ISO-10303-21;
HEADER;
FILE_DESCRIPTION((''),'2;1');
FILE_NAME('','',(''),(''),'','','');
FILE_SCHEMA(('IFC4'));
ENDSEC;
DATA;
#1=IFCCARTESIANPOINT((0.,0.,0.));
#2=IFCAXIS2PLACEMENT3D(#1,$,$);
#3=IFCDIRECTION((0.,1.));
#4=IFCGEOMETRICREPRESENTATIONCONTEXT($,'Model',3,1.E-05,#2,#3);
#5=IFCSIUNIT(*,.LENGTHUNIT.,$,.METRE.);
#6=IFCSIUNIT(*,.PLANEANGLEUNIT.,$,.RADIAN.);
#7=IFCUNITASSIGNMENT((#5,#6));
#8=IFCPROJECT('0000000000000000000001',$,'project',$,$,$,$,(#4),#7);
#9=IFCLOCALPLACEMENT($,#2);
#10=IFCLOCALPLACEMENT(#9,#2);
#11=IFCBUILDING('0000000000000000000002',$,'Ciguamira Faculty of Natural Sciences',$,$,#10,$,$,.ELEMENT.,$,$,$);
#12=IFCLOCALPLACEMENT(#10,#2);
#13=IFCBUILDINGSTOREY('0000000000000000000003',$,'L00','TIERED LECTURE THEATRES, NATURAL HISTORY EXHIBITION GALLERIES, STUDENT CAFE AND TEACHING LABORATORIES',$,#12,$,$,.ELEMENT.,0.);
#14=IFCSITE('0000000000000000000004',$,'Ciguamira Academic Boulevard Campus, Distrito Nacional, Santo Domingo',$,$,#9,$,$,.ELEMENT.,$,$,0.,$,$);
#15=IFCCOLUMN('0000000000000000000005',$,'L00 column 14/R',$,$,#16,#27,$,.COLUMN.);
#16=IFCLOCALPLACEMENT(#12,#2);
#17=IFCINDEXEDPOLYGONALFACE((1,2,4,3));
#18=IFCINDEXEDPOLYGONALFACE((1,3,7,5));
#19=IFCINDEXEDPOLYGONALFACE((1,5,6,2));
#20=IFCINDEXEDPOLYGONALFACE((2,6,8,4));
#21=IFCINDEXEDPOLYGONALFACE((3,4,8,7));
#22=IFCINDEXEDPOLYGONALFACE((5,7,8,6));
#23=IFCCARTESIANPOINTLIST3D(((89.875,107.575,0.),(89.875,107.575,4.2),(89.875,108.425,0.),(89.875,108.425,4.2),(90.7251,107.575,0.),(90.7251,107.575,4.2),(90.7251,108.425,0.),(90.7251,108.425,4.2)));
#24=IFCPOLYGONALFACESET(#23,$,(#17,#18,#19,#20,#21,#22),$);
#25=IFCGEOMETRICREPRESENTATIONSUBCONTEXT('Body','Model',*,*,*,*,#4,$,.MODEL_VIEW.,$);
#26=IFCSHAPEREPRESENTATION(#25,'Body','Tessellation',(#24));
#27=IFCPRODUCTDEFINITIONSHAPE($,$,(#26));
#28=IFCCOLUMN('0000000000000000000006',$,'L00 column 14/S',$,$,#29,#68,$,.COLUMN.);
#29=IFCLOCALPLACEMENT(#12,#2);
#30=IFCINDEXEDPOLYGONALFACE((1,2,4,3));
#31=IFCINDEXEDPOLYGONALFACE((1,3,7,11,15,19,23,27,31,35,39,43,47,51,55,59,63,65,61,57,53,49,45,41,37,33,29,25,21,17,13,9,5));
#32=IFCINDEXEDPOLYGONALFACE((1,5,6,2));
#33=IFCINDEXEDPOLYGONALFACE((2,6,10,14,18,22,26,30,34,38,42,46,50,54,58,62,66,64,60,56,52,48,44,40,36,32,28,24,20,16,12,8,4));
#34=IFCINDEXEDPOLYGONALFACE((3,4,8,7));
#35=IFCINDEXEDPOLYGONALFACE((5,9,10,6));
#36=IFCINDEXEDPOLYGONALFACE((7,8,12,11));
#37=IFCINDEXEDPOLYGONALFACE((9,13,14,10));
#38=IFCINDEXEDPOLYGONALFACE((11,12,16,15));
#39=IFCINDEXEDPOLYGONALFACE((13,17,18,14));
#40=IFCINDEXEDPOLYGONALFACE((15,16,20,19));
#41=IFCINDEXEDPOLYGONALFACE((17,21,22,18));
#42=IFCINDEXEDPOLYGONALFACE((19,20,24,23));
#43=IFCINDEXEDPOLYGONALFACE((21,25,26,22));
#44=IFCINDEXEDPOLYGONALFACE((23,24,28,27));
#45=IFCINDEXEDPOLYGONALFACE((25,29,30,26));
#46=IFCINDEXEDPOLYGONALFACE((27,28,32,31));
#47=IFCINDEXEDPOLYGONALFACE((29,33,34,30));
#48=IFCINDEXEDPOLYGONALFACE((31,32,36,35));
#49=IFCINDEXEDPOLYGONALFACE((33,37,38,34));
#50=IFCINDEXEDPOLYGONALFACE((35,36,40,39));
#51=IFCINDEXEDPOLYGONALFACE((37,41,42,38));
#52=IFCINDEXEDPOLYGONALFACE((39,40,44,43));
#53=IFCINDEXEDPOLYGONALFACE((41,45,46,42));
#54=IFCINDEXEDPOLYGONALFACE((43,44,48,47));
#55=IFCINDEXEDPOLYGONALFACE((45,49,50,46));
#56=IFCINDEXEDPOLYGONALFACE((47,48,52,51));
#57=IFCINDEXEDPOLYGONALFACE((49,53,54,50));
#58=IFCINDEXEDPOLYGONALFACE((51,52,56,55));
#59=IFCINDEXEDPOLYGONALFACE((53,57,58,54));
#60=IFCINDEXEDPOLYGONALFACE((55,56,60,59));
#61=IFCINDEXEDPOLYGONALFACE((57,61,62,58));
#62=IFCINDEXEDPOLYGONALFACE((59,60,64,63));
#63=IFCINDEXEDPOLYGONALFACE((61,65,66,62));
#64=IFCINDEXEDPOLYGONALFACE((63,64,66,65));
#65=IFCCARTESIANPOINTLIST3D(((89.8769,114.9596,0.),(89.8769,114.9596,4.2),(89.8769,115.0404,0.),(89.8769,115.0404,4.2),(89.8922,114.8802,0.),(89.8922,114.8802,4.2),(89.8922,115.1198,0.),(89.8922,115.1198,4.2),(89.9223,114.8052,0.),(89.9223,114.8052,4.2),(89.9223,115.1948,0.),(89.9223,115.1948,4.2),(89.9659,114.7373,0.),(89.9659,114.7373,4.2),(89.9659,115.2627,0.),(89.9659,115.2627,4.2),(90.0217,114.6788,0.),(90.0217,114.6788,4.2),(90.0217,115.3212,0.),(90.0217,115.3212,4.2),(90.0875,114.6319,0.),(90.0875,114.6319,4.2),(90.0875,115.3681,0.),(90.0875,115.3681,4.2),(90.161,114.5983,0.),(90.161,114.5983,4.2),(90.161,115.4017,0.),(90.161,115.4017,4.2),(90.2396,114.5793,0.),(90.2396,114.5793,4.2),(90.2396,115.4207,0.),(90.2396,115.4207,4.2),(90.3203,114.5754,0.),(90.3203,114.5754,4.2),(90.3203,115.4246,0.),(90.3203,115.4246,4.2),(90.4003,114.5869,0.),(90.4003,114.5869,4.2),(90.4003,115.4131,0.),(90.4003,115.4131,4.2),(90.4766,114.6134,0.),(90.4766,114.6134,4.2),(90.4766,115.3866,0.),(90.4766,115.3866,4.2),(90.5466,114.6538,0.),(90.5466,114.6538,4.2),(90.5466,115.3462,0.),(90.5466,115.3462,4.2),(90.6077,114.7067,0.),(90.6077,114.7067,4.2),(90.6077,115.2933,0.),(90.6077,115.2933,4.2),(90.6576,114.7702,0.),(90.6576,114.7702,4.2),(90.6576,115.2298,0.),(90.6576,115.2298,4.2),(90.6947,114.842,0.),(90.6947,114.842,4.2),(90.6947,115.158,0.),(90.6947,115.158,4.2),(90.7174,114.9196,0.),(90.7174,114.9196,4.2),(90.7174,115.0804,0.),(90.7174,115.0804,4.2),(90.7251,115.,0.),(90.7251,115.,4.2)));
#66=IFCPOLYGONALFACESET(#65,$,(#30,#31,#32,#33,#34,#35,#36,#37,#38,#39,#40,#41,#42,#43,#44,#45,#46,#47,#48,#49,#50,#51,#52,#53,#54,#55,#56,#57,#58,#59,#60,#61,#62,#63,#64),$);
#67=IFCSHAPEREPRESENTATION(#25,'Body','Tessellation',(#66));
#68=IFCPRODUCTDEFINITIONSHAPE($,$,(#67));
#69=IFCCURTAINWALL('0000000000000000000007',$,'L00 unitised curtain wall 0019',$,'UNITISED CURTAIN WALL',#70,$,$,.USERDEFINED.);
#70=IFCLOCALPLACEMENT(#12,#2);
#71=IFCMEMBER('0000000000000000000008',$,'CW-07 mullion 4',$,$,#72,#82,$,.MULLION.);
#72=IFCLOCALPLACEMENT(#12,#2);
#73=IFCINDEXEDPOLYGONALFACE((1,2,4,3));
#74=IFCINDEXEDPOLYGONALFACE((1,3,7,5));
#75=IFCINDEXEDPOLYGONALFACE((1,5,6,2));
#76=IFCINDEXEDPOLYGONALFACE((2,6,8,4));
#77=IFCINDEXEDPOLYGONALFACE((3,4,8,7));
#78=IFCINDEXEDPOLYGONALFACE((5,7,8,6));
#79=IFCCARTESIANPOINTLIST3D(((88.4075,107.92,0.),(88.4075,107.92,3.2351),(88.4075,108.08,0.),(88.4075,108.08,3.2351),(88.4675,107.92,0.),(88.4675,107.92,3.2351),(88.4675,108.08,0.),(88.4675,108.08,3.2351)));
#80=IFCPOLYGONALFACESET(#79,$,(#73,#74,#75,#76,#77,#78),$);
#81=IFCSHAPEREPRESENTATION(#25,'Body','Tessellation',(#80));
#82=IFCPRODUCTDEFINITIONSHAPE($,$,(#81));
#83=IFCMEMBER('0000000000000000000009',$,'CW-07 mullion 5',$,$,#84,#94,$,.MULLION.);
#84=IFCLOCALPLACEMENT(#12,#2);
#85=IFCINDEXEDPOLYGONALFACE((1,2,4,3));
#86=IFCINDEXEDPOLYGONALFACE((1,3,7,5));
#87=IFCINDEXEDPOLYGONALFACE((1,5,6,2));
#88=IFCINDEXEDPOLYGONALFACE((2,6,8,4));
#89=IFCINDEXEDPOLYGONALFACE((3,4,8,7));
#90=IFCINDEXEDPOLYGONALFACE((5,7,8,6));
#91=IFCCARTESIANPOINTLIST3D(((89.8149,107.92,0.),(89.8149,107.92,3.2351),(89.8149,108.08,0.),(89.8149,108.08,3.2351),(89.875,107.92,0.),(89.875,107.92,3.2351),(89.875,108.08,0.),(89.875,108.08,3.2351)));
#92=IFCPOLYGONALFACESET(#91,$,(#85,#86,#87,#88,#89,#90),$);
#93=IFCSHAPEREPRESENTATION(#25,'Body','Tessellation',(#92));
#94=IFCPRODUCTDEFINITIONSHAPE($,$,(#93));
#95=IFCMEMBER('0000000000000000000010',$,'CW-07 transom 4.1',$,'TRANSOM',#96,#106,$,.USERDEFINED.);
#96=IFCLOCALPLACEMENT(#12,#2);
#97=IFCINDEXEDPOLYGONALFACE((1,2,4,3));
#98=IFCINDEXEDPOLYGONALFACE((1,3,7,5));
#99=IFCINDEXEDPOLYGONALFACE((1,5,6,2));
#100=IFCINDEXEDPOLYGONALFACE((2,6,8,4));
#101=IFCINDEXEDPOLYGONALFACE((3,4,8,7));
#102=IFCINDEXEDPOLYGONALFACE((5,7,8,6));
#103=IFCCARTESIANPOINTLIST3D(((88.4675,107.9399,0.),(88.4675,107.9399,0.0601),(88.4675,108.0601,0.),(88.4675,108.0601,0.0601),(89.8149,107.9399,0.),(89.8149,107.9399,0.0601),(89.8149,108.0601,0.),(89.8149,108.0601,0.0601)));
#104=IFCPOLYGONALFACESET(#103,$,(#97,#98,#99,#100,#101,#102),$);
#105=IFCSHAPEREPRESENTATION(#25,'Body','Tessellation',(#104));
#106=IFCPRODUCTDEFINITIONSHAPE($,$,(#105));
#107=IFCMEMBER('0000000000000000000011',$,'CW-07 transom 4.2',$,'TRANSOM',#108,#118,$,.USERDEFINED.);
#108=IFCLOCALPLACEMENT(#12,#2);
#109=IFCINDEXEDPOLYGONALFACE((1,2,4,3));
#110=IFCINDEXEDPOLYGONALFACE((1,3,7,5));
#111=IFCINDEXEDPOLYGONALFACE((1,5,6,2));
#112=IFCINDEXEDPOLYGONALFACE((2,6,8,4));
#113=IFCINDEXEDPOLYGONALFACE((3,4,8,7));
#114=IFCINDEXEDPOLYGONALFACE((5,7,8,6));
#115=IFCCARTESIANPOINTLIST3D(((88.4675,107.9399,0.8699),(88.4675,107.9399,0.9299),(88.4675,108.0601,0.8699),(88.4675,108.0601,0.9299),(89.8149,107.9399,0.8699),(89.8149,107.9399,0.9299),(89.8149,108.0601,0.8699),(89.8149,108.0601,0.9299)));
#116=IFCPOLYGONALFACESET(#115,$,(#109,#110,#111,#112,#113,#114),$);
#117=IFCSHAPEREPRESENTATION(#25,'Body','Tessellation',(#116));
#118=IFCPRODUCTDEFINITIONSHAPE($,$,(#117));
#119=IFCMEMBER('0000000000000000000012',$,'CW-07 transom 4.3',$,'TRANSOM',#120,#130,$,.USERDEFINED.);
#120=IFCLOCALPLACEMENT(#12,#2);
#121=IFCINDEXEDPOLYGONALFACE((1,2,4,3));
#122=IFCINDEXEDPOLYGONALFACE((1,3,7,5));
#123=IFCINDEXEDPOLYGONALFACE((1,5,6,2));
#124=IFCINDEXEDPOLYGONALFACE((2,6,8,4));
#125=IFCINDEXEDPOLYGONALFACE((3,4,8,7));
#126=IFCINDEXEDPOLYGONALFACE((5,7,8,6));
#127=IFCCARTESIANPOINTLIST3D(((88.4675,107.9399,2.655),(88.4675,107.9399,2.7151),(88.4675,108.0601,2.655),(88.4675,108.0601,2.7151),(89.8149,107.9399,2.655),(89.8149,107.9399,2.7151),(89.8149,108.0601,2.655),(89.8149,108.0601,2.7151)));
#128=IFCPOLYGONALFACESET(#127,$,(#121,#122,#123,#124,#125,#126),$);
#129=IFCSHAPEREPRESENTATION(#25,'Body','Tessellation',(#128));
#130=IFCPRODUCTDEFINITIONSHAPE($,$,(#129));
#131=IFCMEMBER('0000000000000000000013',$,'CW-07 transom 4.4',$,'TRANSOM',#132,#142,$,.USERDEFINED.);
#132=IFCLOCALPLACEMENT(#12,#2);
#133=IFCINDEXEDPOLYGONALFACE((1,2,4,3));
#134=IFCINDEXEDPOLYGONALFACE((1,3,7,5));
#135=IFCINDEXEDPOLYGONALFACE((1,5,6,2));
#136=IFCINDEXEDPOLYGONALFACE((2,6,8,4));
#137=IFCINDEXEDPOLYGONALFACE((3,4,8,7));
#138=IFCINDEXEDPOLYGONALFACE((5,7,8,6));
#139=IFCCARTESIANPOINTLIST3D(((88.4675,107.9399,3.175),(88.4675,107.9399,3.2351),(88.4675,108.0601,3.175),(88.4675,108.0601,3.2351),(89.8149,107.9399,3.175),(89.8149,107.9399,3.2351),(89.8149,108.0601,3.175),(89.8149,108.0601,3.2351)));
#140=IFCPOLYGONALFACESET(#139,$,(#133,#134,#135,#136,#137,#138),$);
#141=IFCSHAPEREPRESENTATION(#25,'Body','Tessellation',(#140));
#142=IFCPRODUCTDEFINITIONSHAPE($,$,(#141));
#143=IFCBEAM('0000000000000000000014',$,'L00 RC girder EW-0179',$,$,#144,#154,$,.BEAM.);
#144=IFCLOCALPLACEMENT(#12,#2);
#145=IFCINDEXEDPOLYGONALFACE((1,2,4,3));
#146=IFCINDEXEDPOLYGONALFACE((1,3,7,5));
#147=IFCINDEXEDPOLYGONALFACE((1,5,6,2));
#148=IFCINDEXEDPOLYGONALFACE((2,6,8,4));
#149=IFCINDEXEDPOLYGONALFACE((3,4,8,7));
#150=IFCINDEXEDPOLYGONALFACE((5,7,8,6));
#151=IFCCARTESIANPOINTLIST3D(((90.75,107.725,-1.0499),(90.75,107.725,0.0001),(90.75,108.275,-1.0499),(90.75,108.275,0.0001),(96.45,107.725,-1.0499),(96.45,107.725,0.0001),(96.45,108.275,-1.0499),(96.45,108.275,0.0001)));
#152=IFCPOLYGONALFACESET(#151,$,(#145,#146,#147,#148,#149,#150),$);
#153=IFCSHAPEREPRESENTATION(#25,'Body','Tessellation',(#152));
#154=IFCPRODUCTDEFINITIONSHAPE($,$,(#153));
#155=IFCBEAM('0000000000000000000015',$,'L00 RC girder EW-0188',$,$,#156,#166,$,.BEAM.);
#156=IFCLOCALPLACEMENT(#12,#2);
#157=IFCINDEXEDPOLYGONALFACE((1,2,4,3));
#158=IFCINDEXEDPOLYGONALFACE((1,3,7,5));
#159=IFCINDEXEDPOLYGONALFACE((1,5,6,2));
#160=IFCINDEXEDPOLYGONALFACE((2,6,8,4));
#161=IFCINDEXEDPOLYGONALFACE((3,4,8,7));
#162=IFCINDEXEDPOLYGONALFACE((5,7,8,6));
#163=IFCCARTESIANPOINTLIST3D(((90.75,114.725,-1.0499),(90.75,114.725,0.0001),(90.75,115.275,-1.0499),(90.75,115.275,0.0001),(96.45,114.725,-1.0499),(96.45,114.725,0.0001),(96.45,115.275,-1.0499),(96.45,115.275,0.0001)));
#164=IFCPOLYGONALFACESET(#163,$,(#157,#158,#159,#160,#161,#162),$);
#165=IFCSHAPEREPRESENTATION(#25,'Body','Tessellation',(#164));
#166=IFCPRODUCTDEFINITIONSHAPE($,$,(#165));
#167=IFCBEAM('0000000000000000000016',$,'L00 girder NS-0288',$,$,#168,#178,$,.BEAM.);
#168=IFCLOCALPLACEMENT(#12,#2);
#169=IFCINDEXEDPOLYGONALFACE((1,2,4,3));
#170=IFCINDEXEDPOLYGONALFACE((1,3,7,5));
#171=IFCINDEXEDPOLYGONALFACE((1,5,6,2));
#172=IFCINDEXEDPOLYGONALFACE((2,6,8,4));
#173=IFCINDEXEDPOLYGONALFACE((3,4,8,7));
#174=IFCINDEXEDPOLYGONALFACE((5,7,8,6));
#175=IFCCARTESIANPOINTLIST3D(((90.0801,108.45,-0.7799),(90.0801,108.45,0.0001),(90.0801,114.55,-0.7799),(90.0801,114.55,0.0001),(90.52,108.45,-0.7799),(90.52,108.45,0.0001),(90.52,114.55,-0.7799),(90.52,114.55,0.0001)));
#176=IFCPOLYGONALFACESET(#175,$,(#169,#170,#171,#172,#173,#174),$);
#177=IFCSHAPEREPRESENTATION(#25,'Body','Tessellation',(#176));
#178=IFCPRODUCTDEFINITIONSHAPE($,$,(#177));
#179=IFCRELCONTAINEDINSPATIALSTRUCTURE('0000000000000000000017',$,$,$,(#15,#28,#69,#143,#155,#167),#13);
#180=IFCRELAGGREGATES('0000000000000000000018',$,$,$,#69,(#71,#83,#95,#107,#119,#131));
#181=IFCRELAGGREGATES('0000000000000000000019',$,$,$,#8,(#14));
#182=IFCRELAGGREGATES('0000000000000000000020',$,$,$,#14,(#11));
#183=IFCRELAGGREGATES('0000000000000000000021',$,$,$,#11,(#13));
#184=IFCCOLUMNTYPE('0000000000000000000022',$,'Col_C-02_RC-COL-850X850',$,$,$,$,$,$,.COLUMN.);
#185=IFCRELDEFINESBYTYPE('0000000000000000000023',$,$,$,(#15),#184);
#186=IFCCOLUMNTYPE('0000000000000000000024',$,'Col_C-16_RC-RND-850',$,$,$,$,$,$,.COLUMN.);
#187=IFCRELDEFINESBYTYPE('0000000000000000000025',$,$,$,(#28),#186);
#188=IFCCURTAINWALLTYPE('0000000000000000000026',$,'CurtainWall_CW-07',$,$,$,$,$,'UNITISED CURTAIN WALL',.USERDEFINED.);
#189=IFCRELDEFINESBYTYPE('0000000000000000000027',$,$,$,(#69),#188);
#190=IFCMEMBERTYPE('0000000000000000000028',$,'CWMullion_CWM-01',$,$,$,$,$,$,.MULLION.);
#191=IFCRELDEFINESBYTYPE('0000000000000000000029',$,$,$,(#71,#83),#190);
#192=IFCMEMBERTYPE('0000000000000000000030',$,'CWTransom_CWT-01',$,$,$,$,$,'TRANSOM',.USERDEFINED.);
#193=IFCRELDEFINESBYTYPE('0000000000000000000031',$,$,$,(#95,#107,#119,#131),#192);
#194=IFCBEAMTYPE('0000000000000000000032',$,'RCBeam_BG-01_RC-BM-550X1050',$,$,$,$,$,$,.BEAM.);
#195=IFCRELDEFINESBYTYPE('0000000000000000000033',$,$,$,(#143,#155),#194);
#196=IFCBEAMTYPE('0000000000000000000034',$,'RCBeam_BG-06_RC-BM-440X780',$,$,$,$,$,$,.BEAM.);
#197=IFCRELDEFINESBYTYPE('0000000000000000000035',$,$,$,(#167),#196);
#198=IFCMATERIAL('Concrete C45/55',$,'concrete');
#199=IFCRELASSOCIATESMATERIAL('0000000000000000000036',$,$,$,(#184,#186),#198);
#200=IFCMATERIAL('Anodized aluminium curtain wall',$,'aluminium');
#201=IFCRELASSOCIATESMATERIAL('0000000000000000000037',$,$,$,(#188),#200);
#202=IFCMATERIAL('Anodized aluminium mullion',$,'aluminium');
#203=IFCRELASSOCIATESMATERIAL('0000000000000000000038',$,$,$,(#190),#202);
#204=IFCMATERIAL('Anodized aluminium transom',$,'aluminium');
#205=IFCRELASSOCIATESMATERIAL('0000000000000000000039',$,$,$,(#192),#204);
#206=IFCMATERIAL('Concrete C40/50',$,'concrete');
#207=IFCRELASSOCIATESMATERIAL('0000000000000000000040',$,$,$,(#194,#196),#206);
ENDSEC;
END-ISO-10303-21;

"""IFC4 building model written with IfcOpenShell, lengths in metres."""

from ifc_helpers import new_model, si_unit, direction, frame, origin, origin_2d, place, context, subcontext, project, spatial, rectangle, circle, extrude, material, material_profile, profile_set, type_object, element, aggregate, save


model = new_model("IFC4")

# Units and contexts
model_context = context("Model", 3, precision=1e-05, world=origin(), true_north=direction((0.0, 1.0)))
body_context = subcontext(model_context, "Body", "Model", "MODEL_VIEW")
ifc_project = project(units=[si_unit("LENGTHUNIT", "METRE"), si_unit("PLANEANGLEUNIT", "RADIAN")], contexts=[model_context])

# Site, building, storey
site_placement = place(None, origin())
site = spatial("IfcSite", under=ifc_project, at=site_placement, Name="Ciguamira Academic Boulevard Campus, Distrito Nacional, Santo Domingo", CompositionType="ELEMENT", RefElevation=0.0)
building_placement = place(site_placement, origin())
building = spatial("IfcBuilding", under=site, at=building_placement, Name="Ciguamira Faculty of Natural Sciences", CompositionType="ELEMENT")
storey_placement = place(building_placement, origin())
storey = spatial("IfcBuildingStorey", under=building, at=storey_placement, Name="L00", Description="TIERED LECTURE THEATRES, NATURAL HISTORY EXHIBITION GALLERIES, STUDENT CAFE AND TEACHING LABORATORIES", CompositionType="ELEMENT", Elevation=0.0)

# Columns
ifc_material_1 = material(Name="Concrete C45/55", Category="concrete")
ifc_material_profile_1 = material_profile(ifc_material_1, rectangle(XDim=0.8501, YDim=0.8501, at=origin_2d()), Name="RC-COL-850X850")
ifc_profile_set_1 = profile_set([ifc_material_profile_1], Name="Concrete C45/55")
column_type_1 = type_object("IfcColumnType", Name="Col_C-02_RC-COL-850X850", PredefinedType="COLUMN", material=ifc_profile_set_1)
column_1_placement = place(storey_placement, frame((90.3, 108.0, 0.0), z_axis=(0.0, 0.0, 1.0), x_axis=(1.0, 0.0, 0.0)))
element("IfcColumn", 1, at=column_1_placement, inside=storey, type_object=column_type_1, Name="L00 column 14/R", PredefinedType="COLUMN", context=body_context, shape_type="SweptSolid", body=[
    extrude(rectangle(XDim=0.8501, YDim=0.8501, at=origin_2d()), origin(), (0.0, 0.0, 1.0), 4.2),
])
ifc_material_profile_2 = material_profile(ifc_material_1, circle(Radius=0.425, at=origin_2d()), Name="RC-RND-850")
ifc_profile_set_2 = profile_set([ifc_material_profile_2], Name="Concrete C45/55")
column_type_2 = type_object("IfcColumnType", Name="Col_C-16_RC-RND-850", PredefinedType="COLUMN", material=ifc_profile_set_2)
column_2_placement = place(storey_placement, frame((90.3, 115.0, 0.0), z_axis=(0.0, 0.0, 1.0), x_axis=(1.0, 0.0, 0.0)))
element("IfcColumn", 2, at=column_2_placement, inside=storey, type_object=column_type_2, Name="L00 column 14/S", PredefinedType="COLUMN", context=body_context, shape_type="SweptSolid", body=[
    extrude(circle(Radius=0.425, at=origin_2d()), origin(), (0.0, 0.0, 1.0), 4.2),
])

# Curtain wall, members
ifc_material_2 = material(Name="Anodized aluminium curtain wall", Category="aluminium")
curtain_wall_type = type_object("IfcCurtainWallType", Name="CurtainWall_CW-07", ElementType="UNITISED CURTAIN WALL", PredefinedType="USERDEFINED", material=ifc_material_2)
curtain_wall_placement = place(storey_placement, origin())
curtain_wall = element("IfcCurtainWall", 3, at=curtain_wall_placement, inside=storey, type_object=curtain_wall_type, Name="L00 unitised curtain wall 0019", ObjectType="UNITISED CURTAIN WALL", PredefinedType="USERDEFINED")
ifc_material_3 = material(Name="Anodized aluminium mullion", Category="aluminium")
ifc_material_profile_3 = material_profile(ifc_material_3, rectangle(XDim=0.0601, YDim=0.1599, at=origin_2d()), Name="ALU-MUL-60X160")
ifc_profile_set_3 = profile_set([ifc_material_profile_3], Name="Anodized aluminium mullion")
member_type_1 = type_object("IfcMemberType", Name="CWMullion_CWM-01", PredefinedType="MULLION", material=ifc_profile_set_3)
member_1_placement = place(storey_placement, frame((88.4375, 108.0, 0.0), z_axis=(0.0, 0.0, 1.0), x_axis=(1.0, 0.0, 0.0)))
member_1 = element("IfcMember", 4, at=member_1_placement, type_object=member_type_1, Name="CW-07 mullion 4", PredefinedType="MULLION", context=body_context, shape_type="SweptSolid", body=[
    extrude(rectangle(XDim=0.0601, YDim=0.1599, at=origin_2d()), origin(), (0.0, 0.0, 1.0), 3.2351),
])
member_2_placement = place(storey_placement, frame((89.845, 108.0, 0.0), z_axis=(0.0, 0.0, 1.0), x_axis=(1.0, 0.0, 0.0)))
member_2 = element("IfcMember", 5, at=member_2_placement, type_object=member_type_1, Name="CW-07 mullion 5", PredefinedType="MULLION", context=body_context, shape_type="SweptSolid", body=[
    extrude(rectangle(XDim=0.0601, YDim=0.1599, at=origin_2d()), origin(), (0.0, 0.0, 1.0), 3.2351),
])
ifc_material_4 = material(Name="Anodized aluminium transom", Category="aluminium")
ifc_material_profile_4 = material_profile(ifc_material_4, rectangle(XDim=0.0601, YDim=0.1201, at=origin_2d()), Name="ALU-TRN-60X120")
ifc_profile_set_4 = profile_set([ifc_material_profile_4], Name="Anodized aluminium transom")
member_type_2 = type_object("IfcMemberType", Name="CWTransom_CWT-01", ElementType="TRANSOM", PredefinedType="USERDEFINED", material=ifc_profile_set_4)
member_3_placement = place(storey_placement, frame((88.4675, 108.0, 0.03), z_axis=(1.0, 0.0, 0.0), x_axis=(0.0, 0.0, 1.0)))
member_3 = element("IfcMember", 6, at=member_3_placement, type_object=member_type_2, Name="CW-07 transom 4.1", ObjectType="TRANSOM", PredefinedType="USERDEFINED", context=body_context, shape_type="SweptSolid", body=[
    extrude(rectangle(XDim=0.0601, YDim=0.1201, at=origin_2d()), origin(), (0.0, 0.0, 1.0), 1.3474),
])
member_4_placement = place(storey_placement, frame((88.4675, 108.0, 0.8999), z_axis=(1.0, 0.0, 0.0), x_axis=(0.0, 0.0, 1.0)))
member_4 = element("IfcMember", 7, at=member_4_placement, type_object=member_type_2, Name="CW-07 transom 4.2", ObjectType="TRANSOM", PredefinedType="USERDEFINED", context=body_context, shape_type="SweptSolid", body=[
    extrude(rectangle(XDim=0.0601, YDim=0.1201, at=origin_2d()), origin(), (0.0, 0.0, 1.0), 1.3474),
])
member_5_placement = place(storey_placement, frame((88.4675, 108.0, 2.6851), z_axis=(1.0, 0.0, 0.0), x_axis=(0.0, 0.0, 1.0)))
member_5 = element("IfcMember", 8, at=member_5_placement, type_object=member_type_2, Name="CW-07 transom 4.3", ObjectType="TRANSOM", PredefinedType="USERDEFINED", context=body_context, shape_type="SweptSolid", body=[
    extrude(rectangle(XDim=0.0601, YDim=0.1201, at=origin_2d()), origin(), (0.0, 0.0, 1.0), 1.3474),
])
member_6_placement = place(storey_placement, frame((88.4675, 108.0, 3.2051), z_axis=(1.0, 0.0, 0.0), x_axis=(0.0, 0.0, 1.0)))
member_6 = element("IfcMember", 9, at=member_6_placement, type_object=member_type_2, Name="CW-07 transom 4.4", ObjectType="TRANSOM", PredefinedType="USERDEFINED", context=body_context, shape_type="SweptSolid", body=[
    extrude(rectangle(XDim=0.0601, YDim=0.1201, at=origin_2d()), origin(), (0.0, 0.0, 1.0), 1.3474),
])

# Beams
ifc_material_5 = material(Name="Concrete C40/50", Category="concrete")
ifc_material_profile_5 = material_profile(ifc_material_5, rectangle(XDim=0.55, YDim=1.05, at=origin_2d()), Name="RC-BM-550X1050")
ifc_profile_set_5 = profile_set([ifc_material_profile_5], Name="Concrete C40/50")
beam_type_1 = type_object("IfcBeamType", Name="RCBeam_BG-01_RC-BM-550X1050", PredefinedType="BEAM", material=ifc_profile_set_5)
for number, where, z_axis, x_axis, name in (
    (10, (90.75, 108.0, -0.5249), (1.0, 0.0, 0.0), (0.0, 1.0, 0.0), "L00 RC girder EW-0179"),
    (11, (90.75, 115.0, -0.5249), (1.0, 0.0, 0.0), (0.0, 1.0, 0.0), "L00 RC girder EW-0188"),
):
    element("IfcBeam", number, at=place(storey_placement, frame(where, z_axis=z_axis, x_axis=x_axis)), inside=storey, type_object=beam_type_1, Name=name, PredefinedType="BEAM", context=body_context, shape_type="SweptSolid", body=[
        extrude(rectangle(XDim=0.55, YDim=1.05, at=origin_2d()), origin(), (0.0, 0.0, 1.0), 5.7),
    ])
ifc_material_profile_6 = material_profile(ifc_material_5, rectangle(XDim=0.4399, YDim=0.78, at=origin_2d()), Name="RC-BM-440X780")
ifc_profile_set_6 = profile_set([ifc_material_profile_6], Name="Concrete C40/50")
beam_type_2 = type_object("IfcBeamType", Name="RCBeam_BG-06_RC-BM-440X780", PredefinedType="BEAM", material=ifc_profile_set_6)
beam_1_placement = place(storey_placement, frame((90.3, 108.45, -0.3899), z_axis=(0.0, 1.0, 0.0), x_axis=(-1.0, 0.0, 0.0)))
element("IfcBeam", 12, at=beam_1_placement, inside=storey, type_object=beam_type_2, Name="L00 girder NS-0288", PredefinedType="BEAM", context=body_context, shape_type="SweptSolid", body=[
    extrude(rectangle(XDim=0.4399, YDim=0.78, at=origin_2d()), origin(), (0.0, 0.0, 1.0), 6.1001),
])

aggregate(curtain_wall, [member_1, member_2, member_3, member_4, member_5, member_6])

save(model, "model.ifc")
